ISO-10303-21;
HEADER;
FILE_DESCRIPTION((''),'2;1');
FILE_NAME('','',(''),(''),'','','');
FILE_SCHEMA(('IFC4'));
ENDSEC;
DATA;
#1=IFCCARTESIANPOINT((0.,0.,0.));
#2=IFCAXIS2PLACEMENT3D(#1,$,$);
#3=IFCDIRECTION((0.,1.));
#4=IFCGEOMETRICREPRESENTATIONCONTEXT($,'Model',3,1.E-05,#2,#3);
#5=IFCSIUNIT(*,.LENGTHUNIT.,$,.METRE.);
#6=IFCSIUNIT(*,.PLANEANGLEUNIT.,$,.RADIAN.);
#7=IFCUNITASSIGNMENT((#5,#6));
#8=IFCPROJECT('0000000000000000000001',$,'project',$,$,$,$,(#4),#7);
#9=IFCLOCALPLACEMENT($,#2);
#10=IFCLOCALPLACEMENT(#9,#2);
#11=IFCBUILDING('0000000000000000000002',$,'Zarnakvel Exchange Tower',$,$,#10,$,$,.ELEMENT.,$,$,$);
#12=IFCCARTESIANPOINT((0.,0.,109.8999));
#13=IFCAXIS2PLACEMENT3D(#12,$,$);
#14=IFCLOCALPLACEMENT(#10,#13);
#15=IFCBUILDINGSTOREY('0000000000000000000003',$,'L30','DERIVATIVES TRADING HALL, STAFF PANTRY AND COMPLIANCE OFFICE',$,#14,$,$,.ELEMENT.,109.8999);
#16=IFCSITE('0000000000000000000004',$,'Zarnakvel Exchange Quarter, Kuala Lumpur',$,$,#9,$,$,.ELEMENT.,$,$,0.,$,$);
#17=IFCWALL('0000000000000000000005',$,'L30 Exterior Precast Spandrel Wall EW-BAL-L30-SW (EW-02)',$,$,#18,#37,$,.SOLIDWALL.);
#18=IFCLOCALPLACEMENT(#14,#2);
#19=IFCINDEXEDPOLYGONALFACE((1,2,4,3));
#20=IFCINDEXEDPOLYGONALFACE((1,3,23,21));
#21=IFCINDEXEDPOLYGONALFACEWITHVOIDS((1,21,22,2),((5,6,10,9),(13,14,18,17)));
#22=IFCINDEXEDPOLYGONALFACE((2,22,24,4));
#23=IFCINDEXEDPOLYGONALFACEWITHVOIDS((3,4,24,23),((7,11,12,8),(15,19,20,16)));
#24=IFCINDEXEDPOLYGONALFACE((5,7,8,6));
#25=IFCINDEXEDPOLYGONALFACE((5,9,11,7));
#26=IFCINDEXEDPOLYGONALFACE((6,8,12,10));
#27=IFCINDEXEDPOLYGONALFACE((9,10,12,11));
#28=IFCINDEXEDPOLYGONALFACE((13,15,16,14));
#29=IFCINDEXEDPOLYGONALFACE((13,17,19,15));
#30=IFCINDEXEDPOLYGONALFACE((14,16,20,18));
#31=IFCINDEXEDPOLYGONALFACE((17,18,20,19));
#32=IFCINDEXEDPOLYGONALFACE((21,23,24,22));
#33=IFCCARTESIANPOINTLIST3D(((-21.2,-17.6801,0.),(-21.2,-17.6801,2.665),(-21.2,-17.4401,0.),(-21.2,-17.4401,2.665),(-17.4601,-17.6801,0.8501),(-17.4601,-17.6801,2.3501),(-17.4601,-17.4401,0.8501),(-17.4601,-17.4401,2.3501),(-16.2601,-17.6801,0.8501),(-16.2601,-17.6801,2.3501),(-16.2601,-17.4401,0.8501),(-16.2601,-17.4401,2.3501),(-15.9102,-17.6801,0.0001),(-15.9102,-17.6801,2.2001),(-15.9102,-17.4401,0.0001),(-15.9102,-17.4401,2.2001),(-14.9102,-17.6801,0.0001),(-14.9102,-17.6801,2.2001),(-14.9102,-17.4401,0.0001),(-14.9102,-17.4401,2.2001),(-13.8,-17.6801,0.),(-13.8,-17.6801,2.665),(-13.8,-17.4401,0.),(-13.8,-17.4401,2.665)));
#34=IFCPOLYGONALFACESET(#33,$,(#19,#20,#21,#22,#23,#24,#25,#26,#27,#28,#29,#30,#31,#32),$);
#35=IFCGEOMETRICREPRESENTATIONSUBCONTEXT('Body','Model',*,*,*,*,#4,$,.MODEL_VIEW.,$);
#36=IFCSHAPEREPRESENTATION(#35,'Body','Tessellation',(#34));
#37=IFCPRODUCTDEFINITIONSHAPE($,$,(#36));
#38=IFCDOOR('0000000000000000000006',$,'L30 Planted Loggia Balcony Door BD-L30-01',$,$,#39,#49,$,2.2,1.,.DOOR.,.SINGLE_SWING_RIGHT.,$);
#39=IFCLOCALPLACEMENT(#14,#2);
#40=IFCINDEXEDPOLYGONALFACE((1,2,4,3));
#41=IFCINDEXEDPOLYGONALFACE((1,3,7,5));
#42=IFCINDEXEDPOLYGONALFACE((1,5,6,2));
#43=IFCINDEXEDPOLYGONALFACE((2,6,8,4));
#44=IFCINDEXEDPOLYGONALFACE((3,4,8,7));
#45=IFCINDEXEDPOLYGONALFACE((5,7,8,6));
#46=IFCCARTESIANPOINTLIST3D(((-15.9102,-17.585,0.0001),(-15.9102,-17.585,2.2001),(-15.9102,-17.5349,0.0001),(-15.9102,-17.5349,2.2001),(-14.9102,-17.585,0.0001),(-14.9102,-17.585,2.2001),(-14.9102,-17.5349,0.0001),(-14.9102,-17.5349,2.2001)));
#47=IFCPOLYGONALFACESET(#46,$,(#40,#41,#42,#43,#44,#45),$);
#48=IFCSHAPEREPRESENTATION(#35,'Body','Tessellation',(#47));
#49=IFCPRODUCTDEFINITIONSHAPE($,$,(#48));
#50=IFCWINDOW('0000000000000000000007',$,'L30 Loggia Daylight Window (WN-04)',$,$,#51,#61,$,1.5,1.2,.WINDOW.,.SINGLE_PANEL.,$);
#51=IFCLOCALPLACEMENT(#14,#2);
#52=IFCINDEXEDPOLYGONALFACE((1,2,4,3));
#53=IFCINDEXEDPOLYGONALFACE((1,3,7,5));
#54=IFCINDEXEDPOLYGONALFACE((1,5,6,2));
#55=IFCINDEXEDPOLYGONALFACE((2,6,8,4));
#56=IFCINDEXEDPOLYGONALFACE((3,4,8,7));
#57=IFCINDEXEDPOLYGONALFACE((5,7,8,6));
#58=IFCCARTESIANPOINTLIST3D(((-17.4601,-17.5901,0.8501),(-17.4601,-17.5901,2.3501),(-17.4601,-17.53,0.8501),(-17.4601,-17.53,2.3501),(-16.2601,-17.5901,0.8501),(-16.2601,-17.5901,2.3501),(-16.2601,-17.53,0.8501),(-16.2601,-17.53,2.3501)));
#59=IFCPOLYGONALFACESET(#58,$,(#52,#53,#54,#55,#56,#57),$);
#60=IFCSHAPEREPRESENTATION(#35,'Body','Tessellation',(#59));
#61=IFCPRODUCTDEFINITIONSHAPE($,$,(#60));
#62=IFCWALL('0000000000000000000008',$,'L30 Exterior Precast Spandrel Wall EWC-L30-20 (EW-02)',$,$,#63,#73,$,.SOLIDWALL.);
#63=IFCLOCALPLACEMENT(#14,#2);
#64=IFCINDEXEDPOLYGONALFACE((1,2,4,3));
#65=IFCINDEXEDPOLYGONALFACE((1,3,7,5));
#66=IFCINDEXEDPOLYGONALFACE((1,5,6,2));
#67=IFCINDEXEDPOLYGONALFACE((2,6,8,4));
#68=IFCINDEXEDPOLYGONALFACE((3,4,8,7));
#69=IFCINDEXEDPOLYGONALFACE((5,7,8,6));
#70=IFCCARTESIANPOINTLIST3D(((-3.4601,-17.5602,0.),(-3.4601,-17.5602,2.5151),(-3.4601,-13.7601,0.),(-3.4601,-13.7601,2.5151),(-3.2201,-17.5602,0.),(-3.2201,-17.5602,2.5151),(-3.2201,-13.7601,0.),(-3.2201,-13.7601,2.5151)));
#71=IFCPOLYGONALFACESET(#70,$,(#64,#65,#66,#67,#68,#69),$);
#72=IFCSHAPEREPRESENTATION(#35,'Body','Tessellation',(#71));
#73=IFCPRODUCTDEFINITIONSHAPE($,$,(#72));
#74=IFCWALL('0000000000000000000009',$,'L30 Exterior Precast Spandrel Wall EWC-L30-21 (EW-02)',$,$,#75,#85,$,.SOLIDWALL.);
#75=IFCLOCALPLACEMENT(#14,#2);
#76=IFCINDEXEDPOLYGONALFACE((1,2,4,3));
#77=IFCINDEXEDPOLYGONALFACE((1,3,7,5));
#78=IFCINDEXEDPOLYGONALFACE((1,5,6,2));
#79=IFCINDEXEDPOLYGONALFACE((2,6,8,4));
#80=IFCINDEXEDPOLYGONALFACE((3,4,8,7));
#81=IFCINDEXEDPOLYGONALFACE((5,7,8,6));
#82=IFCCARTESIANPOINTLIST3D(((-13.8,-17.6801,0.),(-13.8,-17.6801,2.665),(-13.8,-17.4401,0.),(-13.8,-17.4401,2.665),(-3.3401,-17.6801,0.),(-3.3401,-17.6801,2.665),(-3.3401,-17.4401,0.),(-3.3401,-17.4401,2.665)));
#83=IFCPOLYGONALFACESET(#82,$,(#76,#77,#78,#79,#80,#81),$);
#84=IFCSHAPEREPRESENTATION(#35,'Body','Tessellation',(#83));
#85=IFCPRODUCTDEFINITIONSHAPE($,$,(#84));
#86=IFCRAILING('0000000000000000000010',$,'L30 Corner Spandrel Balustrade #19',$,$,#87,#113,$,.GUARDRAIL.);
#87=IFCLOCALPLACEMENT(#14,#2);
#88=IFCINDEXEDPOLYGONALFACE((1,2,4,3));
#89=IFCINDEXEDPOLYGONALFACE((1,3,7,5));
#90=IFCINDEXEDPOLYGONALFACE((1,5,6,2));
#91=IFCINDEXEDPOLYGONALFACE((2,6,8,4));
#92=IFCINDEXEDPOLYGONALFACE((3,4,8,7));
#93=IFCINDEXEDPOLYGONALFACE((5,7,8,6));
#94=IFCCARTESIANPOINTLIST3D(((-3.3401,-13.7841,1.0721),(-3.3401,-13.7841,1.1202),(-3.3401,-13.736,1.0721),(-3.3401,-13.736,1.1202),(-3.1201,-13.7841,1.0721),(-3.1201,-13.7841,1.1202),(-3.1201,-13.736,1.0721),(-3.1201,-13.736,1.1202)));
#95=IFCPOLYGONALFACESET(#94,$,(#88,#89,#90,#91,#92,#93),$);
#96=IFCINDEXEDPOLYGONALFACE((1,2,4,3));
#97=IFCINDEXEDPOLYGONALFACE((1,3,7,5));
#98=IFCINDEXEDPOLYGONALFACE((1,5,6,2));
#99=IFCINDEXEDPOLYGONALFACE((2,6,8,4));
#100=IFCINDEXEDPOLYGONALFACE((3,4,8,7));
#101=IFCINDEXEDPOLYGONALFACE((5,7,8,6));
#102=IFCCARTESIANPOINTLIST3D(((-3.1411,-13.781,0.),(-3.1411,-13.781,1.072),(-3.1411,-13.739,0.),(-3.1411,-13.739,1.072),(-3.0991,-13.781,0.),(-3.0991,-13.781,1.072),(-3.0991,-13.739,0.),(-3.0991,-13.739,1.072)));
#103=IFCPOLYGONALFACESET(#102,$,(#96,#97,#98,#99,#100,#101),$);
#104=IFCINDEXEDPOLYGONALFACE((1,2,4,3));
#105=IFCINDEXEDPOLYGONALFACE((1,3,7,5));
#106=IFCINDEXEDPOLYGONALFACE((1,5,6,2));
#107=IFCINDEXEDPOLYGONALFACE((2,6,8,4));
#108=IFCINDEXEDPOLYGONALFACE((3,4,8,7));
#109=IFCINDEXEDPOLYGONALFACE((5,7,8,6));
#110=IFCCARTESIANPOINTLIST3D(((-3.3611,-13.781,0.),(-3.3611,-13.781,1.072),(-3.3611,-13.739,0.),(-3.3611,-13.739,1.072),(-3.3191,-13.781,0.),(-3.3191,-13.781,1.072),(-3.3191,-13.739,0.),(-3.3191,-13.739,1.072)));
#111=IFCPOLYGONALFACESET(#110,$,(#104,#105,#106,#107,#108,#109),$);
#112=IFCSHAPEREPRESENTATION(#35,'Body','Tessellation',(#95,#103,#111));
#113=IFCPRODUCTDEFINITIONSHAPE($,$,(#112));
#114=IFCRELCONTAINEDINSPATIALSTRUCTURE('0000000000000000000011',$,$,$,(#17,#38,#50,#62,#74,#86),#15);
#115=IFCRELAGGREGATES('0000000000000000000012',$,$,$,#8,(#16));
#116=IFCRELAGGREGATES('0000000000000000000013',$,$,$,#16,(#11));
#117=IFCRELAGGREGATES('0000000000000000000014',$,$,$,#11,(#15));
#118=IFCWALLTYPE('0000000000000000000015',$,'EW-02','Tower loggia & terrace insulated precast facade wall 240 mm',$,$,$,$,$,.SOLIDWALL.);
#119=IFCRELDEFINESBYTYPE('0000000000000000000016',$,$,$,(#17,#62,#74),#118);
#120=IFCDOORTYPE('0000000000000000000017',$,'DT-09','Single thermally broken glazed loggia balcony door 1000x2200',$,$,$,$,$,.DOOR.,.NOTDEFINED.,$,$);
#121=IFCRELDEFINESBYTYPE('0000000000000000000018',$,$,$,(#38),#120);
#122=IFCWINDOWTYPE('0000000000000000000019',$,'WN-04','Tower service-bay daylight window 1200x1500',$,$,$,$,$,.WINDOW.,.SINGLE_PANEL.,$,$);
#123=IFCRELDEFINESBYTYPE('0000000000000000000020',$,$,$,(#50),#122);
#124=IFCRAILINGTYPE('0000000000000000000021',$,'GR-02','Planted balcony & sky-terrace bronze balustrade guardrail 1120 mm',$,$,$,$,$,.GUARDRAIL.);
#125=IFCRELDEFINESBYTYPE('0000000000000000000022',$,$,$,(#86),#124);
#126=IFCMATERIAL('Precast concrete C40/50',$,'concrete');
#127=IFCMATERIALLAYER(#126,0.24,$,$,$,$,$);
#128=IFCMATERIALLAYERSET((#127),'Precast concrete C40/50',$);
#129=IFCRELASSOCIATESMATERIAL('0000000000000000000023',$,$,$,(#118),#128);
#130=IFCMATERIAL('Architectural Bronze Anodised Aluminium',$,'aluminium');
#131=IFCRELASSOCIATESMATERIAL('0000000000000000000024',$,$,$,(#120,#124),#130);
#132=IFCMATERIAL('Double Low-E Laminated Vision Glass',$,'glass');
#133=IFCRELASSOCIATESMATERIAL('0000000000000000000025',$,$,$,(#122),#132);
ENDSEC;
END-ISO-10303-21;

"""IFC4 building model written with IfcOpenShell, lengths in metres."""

from ifc_helpers import new_model, si_unit, direction, frame, frame_2d, origin, origin_2d, place, context, subcontext, project, spatial, rectangle, extrude, source, transform, mapped, material, layer, layer_set, type_object, element, fill, save


model = new_model("IFC4")

# Units and contexts
model_context = context("Model", 3, precision=1e-05, world=origin(), true_north=direction((0.0, 1.0)))
body_context = subcontext(model_context, "Body", "Model", "MODEL_VIEW")
ifc_project = project(units=[si_unit("LENGTHUNIT", "METRE"), si_unit("PLANEANGLEUNIT", "RADIAN")], contexts=[model_context])

# Site, building, storey
site_placement = place(None, origin())
site = spatial("IfcSite", under=ifc_project, at=site_placement, Name="Zarnakvel Exchange Quarter, Kuala Lumpur", CompositionType="ELEMENT", RefElevation=0.0)
building_placement = place(site_placement, origin())
building = spatial("IfcBuilding", under=site, at=building_placement, Name="Zarnakvel Exchange Tower", CompositionType="ELEMENT")
storey_placement = place(building_placement, frame((0.0, 0.0, 109.8999)))
storey = spatial("IfcBuildingStorey", under=building, at=storey_placement, Name="L30", Description="DERIVATIVES TRADING HALL, STAFF PANTRY AND COMPLIANCE OFFICE", CompositionType="ELEMENT", Elevation=109.8999)

# Shared definitions
ifc_material_1 = material(Name="Architectural Bronze Anodised Aluminium", Category="aluminium")

# Shared definitions
ifc_material_2 = material(Name="Double Low-E Laminated Vision Glass", Category="glass")

# Wall, openings, door, window
ifc_material_3 = material(Name="Precast concrete C40/50", Category="concrete")
ifc_layer_1 = layer(ifc_material_3, 0.24)
ifc_layer_set_1 = layer_set([ifc_layer_1], Name="Precast concrete C40/50")
wall_type = type_object("IfcWallType", Name="EW-02", Description="Tower loggia & terrace insulated precast facade wall 240 mm", PredefinedType="SOLIDWALL", material=ifc_layer_set_1)
wall_1_placement = place(storey_placement, frame((-13.8, -17.5601, 0.0), z_axis=(0.0, 0.0, 1.0), x_axis=(-1.0, 0.0, 0.0)))
wall_1 = element("IfcWall", 1, at=wall_1_placement, inside=storey, type_object=wall_type, Name="L30 Exterior Precast Spandrel Wall EW-BAL-L30-SW (EW-02)", PredefinedType="SOLIDWALL", context=body_context, shape_type="SweptSolid", body=[
    extrude(rectangle(XDim=7.3999, YDim=0.24, at=frame_2d((3.7, 0.0))), origin(), (0.0, 0.0, 1.0), 2.665),
])
opening_1_placement = place(wall_1_placement, frame((1.1101, 0.0, 0.0)))
opening_1 = element("IfcOpeningElement", 2, at=opening_1_placement, cuts=wall_1, PredefinedType="OPENING", context=body_context, shape_type="SweptSolid", body=[
    extrude(rectangle(XDim=1.0, YDim=2.2, at=frame_2d((0.5, 1.1001))), frame((0.0, 0.1299, 0.0), z_axis=(0.0, -1.0, 0.0), x_axis=(1.0, 0.0, 0.0)), (0.0, 0.0, 1.0), 0.26),
])
opening_2_placement = place(wall_1_placement, frame((2.46, 0.0, 0.8501)))
opening_2 = element("IfcOpeningElement", 3, at=opening_2_placement, cuts=wall_1, PredefinedType="OPENING", context=body_context, shape_type="SweptSolid", body=[
    extrude(rectangle(XDim=1.2, YDim=1.5, at=frame_2d((0.6001, 0.75))), frame((0.0, 0.1299, 0.0), z_axis=(0.0, -1.0, 0.0), x_axis=(1.0, 0.0, 0.0)), (0.0, 0.0, 1.0), 0.26),
])
door_type = type_object("IfcDoorType", Name="DT-09", Description="Single thermally broken glazed loggia balcony door 1000x2200", OperationType="NOTDEFINED", PredefinedType="DOOR", material=ifc_material_1)
shared_shape_1 = source(origin(), body_context, "Body", "SweptSolid", [
    extrude(rectangle(XDim=1.0, YDim=2.2, at=frame_2d((0.5, 1.1001))), frame((0.0, 0.0249, 0.0), z_axis=(0.0, -1.0, 0.0), x_axis=(1.0, 0.0, 0.0)), (0.0, 0.0, 1.0), 0.05),
])
door_placement = place(opening_1_placement, origin())
door = element("IfcDoor", 4, at=door_placement, inside=storey, type_object=door_type, Name="L30 Planted Loggia Balcony Door BD-L30-01", OperationType="SINGLE_SWING_RIGHT", OverallHeight=2.2, OverallWidth=1.0, PredefinedType="DOOR", context=body_context, shape_type="MappedRepresentation", body=[
    mapped(shared_shape_1, transform((0.0, 0.0, 0.0), x_axis=(1.0, 0.0, 0.0), y_axis=(0.0, 1.0, 0.0), z_axis=(0.0, 0.0, 1.0), scale=1.0)),
])
fill(opening_1, door)
window_type = type_object("IfcWindowType", Name="WN-04", Description="Tower service-bay daylight window 1200x1500", PartitioningType="SINGLE_PANEL", PredefinedType="WINDOW", material=ifc_material_2)
shared_shape_2 = source(origin(), body_context, "Body", "SweptSolid", [
    extrude(rectangle(XDim=1.2, YDim=1.5, at=frame_2d((0.6001, 0.75))), frame((0.0, 0.03, 0.0), z_axis=(0.0, -1.0, 0.0), x_axis=(1.0, 0.0, 0.0)), (0.0, 0.0, 1.0), 0.0601),
])
window_placement = place(opening_2_placement, origin())
window = element("IfcWindow", 5, at=window_placement, inside=storey, type_object=window_type, Name="L30 Loggia Daylight Window (WN-04)", OverallHeight=1.5, OverallWidth=1.2, PartitioningType="SINGLE_PANEL", PredefinedType="WINDOW", context=body_context, shape_type="MappedRepresentation", body=[
    mapped(shared_shape_2, transform((0.0, 0.0, 0.0), x_axis=(1.0, 0.0, 0.0), y_axis=(0.0, 1.0, 0.0), z_axis=(0.0, 0.0, 1.0), scale=1.0)),
])
fill(opening_2, window)

# Walls
wall_2_placement = place(storey_placement, frame((-3.3401, -17.5601, 0.0), z_axis=(0.0, 0.0, 1.0), x_axis=(0.0, 1.0, 0.0)))
element("IfcWall", 6, at=wall_2_placement, inside=storey, type_object=wall_type, Name="L30 Exterior Precast Spandrel Wall EWC-L30-20 (EW-02)", PredefinedType="SOLIDWALL", context=body_context, shape_type="SweptSolid", body=[
    extrude(rectangle(XDim=3.8, YDim=0.24, at=frame_2d((1.8999, 0.0))), origin(), (0.0, 0.0, 1.0), 2.5151),
])
wall_3_placement = place(storey_placement, frame((-13.8, -17.5601, 0.0), z_axis=(0.0, 0.0, 1.0), x_axis=(1.0, 0.0, 0.0)))
element("IfcWall", 7, at=wall_3_placement, inside=storey, type_object=wall_type, Name="L30 Exterior Precast Spandrel Wall EWC-L30-21 (EW-02)", PredefinedType="SOLIDWALL", context=body_context, shape_type="SweptSolid", body=[
    extrude(rectangle(XDim=10.46, YDim=0.24, at=frame_2d((5.23, 0.0))), origin(), (0.0, 0.0, 1.0), 2.665),
])

# Railing
railing_type = type_object("IfcRailingType", Name="GR-02", Description="Planted balcony & sky-terrace bronze balustrade guardrail 1120 mm", PredefinedType="GUARDRAIL", material=ifc_material_1)
railing_placement = place(storey_placement, frame((-3.1201, -13.76, 0.0)))
element("IfcRailing", 8, at=railing_placement, inside=storey, type_object=railing_type, Name="L30 Corner Spandrel Balustrade #19", PredefinedType="GUARDRAIL", context=body_context, shape_type="SweptSolid", body=[
    extrude(rectangle(XDim=0.0481, YDim=0.0481, at=origin_2d()), frame((0.0, 0.0, 1.0962), z_axis=(-1.0, 0.0, 0.0), x_axis=(0.0, -1.0, 0.0)), (0.0, 0.0, 1.0), 0.22),
    extrude(rectangle(XDim=0.042, YDim=0.042, at=origin_2d()), origin(), (0.0, 0.0, 1.0), 1.072),
    extrude(rectangle(XDim=0.042, YDim=0.042, at=origin_2d()), frame((-0.22, 0.0, 0.0)), (0.0, 0.0, 1.0), 1.072),
])

save(model, "model.ifc")
